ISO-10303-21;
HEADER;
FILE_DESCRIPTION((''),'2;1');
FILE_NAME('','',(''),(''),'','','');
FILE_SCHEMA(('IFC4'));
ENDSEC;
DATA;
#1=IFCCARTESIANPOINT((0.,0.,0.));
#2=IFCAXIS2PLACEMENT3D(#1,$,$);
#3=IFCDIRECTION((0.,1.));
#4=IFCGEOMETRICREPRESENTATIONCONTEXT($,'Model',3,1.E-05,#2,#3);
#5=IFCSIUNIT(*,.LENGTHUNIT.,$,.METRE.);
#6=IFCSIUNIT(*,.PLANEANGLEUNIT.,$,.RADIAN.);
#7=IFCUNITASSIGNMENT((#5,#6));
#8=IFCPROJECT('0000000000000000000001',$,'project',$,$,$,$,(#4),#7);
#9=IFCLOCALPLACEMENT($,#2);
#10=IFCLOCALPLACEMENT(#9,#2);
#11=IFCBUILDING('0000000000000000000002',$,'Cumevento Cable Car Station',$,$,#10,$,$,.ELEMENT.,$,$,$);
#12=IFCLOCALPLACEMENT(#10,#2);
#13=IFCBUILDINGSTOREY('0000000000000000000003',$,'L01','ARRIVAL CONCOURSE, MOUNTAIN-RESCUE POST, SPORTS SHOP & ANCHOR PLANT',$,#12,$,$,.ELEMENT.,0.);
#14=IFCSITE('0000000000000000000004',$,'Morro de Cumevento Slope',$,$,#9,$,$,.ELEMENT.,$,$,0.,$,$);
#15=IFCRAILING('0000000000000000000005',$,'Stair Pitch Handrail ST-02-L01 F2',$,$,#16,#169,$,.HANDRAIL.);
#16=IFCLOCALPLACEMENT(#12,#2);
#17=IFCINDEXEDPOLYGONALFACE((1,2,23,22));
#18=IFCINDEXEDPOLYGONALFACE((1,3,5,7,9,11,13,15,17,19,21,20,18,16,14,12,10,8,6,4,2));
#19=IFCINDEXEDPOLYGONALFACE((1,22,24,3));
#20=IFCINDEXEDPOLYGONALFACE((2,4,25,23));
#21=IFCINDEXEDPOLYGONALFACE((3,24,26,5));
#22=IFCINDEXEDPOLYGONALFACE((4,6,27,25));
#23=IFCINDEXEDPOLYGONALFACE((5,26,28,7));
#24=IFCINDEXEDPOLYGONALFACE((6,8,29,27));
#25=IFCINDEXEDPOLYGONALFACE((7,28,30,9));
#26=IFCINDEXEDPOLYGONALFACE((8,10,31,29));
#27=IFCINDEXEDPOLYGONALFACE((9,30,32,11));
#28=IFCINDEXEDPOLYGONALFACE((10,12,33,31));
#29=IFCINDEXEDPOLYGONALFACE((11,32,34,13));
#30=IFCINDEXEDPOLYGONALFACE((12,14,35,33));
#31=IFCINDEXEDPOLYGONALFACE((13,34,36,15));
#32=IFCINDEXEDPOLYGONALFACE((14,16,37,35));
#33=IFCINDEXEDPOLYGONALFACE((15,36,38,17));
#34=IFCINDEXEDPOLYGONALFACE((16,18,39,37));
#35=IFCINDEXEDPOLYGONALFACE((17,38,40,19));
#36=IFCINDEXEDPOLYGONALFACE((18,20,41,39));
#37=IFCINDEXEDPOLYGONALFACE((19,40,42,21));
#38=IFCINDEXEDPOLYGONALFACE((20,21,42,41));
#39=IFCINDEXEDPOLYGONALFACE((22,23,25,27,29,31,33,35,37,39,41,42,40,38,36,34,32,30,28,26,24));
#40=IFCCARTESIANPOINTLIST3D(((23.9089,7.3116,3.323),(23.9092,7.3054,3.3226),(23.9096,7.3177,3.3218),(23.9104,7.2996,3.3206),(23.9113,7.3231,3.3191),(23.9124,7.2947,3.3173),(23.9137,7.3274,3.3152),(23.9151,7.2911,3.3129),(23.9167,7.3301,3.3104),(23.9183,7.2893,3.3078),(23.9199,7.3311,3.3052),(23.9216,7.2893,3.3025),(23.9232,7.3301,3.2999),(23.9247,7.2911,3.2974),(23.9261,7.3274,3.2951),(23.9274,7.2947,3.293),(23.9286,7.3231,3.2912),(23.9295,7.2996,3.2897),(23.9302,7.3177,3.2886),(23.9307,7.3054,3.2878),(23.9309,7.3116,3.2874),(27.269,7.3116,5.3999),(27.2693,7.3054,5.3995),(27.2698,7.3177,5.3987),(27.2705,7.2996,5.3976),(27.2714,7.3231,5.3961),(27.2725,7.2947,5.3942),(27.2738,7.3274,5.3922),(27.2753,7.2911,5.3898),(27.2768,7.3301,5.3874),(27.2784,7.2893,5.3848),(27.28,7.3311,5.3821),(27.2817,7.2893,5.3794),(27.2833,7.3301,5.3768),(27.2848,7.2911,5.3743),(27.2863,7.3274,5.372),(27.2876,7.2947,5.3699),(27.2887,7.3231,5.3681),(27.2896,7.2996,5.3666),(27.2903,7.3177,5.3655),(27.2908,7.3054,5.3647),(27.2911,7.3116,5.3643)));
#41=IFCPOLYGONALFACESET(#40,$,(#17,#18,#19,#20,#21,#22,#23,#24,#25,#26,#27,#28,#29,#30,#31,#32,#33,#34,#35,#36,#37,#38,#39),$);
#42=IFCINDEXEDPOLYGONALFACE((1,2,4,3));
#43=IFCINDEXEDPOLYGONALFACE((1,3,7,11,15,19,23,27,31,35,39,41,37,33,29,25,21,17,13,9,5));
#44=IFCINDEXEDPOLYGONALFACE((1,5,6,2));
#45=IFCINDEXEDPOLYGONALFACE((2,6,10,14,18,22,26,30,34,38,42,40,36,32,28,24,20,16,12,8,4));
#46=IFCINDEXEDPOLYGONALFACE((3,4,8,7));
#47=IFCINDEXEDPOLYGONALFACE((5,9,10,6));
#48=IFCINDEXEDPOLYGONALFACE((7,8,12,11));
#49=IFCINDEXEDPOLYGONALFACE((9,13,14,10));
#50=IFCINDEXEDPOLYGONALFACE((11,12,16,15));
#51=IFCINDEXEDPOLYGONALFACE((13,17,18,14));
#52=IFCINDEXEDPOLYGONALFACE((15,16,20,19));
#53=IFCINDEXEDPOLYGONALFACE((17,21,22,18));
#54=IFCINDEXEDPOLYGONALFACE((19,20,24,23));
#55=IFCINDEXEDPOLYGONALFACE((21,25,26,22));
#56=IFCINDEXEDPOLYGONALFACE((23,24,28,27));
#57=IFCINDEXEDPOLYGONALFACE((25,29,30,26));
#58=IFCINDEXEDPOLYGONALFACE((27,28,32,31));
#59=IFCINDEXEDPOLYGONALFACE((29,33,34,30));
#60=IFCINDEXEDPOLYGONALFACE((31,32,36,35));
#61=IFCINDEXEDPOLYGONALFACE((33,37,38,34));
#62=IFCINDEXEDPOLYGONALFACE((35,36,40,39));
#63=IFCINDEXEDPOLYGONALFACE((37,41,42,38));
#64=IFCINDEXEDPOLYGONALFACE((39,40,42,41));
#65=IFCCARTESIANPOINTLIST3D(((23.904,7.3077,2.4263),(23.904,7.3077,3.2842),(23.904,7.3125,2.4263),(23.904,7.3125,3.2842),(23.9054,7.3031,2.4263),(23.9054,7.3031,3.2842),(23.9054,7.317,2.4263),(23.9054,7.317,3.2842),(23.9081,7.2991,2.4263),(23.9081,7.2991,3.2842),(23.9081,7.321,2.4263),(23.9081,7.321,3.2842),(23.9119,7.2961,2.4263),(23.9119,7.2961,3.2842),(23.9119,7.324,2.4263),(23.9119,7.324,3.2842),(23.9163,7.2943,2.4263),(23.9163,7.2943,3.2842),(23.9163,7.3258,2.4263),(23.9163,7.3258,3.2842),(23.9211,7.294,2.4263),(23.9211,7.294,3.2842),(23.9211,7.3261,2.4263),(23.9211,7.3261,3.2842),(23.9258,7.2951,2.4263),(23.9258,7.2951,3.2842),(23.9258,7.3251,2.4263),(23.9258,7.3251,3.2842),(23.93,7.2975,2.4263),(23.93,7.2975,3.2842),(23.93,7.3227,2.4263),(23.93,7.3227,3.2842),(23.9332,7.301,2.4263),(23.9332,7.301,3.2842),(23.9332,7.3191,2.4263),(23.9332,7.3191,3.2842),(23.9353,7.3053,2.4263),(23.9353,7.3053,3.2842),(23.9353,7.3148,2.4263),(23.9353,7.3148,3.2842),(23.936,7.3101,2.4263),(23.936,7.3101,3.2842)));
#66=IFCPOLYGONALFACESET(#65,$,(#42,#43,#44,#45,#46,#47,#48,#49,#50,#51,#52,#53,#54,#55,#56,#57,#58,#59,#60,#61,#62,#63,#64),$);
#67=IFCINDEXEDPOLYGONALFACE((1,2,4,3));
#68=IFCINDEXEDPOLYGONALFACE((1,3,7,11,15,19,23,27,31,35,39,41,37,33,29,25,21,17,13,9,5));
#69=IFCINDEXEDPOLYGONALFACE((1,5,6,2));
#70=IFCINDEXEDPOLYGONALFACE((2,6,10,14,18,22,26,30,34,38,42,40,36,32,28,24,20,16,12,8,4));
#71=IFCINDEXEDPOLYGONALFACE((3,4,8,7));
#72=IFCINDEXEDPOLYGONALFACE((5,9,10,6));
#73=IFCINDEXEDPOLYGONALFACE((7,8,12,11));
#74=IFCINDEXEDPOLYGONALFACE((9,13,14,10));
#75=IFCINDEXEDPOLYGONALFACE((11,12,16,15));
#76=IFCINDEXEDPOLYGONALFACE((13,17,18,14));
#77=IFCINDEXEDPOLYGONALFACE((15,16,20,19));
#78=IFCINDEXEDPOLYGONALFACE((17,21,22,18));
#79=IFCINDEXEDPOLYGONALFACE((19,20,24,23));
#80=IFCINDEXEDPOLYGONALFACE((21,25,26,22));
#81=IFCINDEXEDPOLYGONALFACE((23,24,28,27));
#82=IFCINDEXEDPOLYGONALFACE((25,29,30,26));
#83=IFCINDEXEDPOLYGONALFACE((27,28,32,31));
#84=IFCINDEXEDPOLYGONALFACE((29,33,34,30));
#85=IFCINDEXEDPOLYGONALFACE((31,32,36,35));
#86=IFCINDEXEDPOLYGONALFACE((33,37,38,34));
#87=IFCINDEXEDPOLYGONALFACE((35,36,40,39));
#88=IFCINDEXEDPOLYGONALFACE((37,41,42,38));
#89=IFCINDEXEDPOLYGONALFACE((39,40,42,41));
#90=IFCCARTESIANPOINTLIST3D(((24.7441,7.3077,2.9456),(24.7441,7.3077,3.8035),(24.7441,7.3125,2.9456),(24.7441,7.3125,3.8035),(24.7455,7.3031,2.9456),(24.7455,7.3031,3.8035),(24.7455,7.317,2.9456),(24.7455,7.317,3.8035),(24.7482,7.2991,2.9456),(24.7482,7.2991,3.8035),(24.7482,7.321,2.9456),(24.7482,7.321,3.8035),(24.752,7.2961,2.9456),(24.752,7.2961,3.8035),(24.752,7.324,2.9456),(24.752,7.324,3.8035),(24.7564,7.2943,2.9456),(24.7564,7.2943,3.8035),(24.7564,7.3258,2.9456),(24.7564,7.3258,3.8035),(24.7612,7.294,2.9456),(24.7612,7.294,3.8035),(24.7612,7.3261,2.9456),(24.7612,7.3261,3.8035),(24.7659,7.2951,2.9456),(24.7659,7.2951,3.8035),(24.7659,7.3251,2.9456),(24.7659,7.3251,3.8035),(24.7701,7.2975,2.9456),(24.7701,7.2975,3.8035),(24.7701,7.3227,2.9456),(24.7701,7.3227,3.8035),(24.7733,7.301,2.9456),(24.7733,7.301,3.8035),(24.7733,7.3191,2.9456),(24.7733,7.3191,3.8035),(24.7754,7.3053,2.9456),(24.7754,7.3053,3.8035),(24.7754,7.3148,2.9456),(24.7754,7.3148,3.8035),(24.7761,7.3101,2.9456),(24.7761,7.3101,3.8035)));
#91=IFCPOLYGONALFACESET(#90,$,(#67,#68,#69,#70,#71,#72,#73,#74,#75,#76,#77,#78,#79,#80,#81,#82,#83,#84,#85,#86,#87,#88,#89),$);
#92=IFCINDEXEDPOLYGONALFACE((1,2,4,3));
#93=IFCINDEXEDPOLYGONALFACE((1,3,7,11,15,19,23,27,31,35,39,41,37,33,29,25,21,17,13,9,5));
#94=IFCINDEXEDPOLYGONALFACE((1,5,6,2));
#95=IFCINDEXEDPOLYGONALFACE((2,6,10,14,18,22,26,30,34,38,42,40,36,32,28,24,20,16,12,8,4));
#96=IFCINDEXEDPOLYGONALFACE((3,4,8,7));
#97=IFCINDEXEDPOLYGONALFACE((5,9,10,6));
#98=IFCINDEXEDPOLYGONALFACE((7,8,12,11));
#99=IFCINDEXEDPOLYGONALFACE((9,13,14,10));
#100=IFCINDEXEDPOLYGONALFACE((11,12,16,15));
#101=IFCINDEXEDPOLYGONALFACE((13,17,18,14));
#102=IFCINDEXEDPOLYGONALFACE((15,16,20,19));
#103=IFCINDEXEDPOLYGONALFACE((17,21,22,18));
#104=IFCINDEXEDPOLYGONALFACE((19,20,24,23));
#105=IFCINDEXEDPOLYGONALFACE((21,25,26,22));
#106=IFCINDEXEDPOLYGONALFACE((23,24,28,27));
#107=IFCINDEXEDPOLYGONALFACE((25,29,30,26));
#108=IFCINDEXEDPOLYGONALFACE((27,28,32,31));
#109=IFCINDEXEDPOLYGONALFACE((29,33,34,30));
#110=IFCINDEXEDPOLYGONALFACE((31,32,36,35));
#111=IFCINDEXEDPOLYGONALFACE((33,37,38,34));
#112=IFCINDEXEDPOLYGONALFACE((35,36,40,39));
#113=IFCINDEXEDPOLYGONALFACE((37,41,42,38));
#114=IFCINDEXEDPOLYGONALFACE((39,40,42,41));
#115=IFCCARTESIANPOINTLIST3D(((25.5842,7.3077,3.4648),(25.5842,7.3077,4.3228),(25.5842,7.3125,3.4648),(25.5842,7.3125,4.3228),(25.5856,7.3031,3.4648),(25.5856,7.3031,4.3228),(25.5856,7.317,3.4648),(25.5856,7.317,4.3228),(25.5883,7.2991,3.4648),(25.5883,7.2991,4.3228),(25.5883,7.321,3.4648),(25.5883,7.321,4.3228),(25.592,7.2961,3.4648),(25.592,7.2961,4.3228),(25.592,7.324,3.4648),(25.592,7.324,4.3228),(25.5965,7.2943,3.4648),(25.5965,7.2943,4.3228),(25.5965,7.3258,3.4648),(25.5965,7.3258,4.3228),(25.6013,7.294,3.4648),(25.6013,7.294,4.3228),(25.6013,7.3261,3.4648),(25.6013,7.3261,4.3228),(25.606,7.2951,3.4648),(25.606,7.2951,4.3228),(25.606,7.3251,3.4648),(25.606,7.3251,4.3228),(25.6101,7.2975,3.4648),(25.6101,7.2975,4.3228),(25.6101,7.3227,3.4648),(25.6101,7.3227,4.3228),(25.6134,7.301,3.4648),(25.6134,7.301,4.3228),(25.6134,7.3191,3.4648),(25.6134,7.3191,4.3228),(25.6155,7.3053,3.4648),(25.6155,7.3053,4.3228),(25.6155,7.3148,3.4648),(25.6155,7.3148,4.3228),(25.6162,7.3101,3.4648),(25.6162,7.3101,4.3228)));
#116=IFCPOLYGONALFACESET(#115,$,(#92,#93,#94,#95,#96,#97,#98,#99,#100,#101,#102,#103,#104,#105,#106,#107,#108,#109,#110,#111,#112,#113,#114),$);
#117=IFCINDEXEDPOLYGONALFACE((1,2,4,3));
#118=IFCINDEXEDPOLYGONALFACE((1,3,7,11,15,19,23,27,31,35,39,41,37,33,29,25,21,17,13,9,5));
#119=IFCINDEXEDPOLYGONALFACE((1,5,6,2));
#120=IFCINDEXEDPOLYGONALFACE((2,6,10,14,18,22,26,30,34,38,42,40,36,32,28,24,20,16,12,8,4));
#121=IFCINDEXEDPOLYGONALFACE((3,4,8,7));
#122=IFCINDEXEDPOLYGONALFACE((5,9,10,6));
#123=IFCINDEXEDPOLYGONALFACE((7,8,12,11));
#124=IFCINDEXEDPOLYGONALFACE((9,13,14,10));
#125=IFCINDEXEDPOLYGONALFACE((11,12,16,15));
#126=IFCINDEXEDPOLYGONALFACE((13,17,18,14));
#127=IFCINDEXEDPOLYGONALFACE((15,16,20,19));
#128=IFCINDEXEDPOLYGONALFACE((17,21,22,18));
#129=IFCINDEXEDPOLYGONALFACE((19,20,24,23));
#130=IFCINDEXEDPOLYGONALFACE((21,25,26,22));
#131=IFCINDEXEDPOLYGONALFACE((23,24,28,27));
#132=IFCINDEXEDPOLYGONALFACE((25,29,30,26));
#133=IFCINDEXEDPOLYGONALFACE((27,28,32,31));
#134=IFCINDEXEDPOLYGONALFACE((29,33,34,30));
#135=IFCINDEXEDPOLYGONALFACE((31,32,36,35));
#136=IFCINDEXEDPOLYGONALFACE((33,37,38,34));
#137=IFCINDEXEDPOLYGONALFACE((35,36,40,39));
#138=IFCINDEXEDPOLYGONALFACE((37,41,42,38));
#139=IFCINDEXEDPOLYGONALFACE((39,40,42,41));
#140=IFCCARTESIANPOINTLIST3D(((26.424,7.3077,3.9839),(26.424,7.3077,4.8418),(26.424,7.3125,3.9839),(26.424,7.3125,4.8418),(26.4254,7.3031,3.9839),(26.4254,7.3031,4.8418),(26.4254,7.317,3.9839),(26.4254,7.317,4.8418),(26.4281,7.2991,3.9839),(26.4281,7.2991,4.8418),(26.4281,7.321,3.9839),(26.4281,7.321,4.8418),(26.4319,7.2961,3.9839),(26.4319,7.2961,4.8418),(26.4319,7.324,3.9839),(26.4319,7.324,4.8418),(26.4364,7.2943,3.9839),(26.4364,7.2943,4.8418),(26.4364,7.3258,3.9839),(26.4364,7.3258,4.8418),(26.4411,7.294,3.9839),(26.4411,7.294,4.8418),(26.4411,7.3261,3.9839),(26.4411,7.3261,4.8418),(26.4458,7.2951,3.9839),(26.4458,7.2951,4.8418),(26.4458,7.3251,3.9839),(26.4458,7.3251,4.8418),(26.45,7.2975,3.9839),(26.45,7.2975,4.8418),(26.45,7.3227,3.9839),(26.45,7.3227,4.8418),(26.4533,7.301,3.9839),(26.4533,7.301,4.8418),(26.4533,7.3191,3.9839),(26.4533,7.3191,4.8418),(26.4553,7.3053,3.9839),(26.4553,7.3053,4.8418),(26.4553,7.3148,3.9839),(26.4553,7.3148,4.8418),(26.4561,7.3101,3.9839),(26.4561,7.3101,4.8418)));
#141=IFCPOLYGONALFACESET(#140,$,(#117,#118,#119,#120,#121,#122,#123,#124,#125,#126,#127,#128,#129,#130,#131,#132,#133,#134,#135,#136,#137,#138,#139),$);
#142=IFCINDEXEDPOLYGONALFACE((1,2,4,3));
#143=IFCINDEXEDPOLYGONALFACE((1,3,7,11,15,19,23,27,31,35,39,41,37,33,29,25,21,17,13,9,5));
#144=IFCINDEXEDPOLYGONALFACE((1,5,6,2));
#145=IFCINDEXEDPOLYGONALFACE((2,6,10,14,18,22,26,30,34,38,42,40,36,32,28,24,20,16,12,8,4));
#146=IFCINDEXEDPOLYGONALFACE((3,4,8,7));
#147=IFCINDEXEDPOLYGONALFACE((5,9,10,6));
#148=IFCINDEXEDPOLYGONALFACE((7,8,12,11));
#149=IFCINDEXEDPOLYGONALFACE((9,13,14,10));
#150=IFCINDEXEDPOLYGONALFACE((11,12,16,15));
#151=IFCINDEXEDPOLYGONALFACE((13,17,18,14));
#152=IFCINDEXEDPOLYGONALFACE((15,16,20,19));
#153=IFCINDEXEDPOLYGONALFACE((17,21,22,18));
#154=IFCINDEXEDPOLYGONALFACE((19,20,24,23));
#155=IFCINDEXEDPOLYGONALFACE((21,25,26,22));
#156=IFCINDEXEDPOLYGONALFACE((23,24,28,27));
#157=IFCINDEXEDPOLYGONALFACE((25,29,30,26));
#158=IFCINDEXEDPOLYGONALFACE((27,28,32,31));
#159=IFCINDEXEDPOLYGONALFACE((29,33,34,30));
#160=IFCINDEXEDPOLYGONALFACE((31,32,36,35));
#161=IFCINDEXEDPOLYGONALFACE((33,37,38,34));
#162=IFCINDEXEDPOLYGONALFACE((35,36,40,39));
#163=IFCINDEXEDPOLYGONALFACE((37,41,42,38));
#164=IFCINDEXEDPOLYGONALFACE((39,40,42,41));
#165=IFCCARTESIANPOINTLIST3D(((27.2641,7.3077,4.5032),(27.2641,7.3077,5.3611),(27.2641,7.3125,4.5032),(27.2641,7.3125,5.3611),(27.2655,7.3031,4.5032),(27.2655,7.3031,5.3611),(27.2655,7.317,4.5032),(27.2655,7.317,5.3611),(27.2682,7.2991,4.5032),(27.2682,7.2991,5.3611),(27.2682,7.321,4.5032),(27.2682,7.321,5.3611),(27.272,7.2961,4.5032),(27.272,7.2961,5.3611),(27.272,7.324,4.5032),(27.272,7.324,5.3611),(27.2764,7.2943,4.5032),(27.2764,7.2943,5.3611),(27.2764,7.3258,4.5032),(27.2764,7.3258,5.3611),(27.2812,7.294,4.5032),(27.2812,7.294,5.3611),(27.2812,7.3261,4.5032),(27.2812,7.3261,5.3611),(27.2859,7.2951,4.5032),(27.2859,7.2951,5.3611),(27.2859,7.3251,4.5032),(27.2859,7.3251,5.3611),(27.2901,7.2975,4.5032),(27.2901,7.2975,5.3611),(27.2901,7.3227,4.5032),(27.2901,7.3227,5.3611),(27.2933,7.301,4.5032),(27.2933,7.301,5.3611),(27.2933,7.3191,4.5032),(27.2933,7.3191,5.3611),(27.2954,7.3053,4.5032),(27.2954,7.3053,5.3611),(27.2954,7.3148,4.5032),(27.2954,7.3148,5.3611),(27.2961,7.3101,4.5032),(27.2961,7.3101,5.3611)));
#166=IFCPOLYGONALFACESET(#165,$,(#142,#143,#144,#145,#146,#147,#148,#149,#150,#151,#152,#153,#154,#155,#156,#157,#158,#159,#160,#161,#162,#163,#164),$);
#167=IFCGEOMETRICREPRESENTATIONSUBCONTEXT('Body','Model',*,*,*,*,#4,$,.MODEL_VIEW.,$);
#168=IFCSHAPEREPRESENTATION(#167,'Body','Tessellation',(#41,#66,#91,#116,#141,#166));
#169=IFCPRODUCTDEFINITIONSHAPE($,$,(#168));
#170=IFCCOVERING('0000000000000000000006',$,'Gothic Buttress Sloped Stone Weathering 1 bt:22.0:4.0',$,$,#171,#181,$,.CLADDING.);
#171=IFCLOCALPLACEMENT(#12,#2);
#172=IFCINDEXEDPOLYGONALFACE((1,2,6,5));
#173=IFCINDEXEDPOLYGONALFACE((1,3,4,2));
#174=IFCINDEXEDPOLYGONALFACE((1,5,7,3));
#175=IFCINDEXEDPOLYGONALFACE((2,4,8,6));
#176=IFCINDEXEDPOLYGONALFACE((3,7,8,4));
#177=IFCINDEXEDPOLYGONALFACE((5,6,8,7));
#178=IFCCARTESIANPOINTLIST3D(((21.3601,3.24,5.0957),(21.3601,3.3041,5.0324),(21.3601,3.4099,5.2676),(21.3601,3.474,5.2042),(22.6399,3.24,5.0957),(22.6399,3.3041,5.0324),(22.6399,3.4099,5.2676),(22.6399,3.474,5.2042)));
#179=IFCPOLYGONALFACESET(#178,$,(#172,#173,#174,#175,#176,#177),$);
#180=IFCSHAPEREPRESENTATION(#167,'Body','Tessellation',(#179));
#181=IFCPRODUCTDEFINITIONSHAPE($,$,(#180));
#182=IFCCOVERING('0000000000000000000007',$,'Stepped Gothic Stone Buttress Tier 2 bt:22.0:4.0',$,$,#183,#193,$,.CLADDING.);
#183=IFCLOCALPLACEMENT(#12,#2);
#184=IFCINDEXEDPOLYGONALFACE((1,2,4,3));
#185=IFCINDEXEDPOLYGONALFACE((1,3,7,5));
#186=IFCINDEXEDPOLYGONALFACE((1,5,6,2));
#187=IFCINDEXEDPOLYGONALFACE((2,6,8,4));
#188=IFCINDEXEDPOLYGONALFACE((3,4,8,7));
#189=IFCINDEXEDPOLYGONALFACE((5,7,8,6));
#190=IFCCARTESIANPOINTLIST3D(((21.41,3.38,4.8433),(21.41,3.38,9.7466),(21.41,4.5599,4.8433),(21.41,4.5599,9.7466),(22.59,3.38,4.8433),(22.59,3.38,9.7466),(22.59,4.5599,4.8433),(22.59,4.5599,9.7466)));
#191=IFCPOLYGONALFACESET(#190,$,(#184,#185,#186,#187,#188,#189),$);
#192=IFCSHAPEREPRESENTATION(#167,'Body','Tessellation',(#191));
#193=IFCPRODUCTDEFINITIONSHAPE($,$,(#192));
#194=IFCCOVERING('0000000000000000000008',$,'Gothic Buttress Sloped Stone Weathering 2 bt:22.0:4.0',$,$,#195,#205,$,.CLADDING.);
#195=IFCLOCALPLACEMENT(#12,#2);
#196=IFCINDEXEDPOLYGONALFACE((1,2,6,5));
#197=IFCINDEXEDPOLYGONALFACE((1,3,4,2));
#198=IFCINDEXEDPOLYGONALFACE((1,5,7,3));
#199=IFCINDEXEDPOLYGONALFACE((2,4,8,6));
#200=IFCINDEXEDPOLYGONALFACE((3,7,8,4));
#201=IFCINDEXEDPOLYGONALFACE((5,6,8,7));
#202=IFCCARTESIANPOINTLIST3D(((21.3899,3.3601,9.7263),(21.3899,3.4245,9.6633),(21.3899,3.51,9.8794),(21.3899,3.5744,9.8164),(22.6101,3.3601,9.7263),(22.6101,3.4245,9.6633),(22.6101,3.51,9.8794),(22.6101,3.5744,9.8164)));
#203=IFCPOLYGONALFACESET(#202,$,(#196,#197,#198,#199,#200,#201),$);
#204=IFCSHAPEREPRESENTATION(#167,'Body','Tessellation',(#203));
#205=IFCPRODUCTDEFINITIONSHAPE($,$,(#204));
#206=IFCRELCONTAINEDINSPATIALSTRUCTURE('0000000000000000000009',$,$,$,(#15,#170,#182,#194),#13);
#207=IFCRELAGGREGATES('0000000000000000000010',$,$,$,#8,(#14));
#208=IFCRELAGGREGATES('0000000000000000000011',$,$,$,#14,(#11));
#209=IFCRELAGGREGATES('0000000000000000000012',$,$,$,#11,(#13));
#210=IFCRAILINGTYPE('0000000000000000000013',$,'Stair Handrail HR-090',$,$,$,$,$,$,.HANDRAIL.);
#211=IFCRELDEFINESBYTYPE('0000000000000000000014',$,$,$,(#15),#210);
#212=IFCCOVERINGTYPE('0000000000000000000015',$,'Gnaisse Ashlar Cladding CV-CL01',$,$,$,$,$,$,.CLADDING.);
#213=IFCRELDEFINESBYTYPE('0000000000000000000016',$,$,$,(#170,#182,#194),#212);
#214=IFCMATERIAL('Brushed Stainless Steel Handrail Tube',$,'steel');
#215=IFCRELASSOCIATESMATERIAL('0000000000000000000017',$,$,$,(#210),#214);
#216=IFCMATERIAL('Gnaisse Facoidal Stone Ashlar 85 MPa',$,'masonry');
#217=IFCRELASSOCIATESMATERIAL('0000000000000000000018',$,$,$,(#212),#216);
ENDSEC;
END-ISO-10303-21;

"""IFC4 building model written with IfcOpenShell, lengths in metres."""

from ifc_helpers import new_model, si_unit, direction, frame, origin, origin_2d, place, context, subcontext, project, spatial, polyline, rectangle, circle, outline, extrude, material, type_object, element, save


model = new_model("IFC4")

# Units and contexts
model_context = context("Model", 3, precision=1e-05, world=origin(), true_north=direction((0.0, 1.0)))
body_context = subcontext(model_context, "Body", "Model", "MODEL_VIEW")
ifc_project = project(units=[si_unit("LENGTHUNIT", "METRE"), si_unit("PLANEANGLEUNIT", "RADIAN")], contexts=[model_context])

# Site, building, storey
site_placement = place(None, origin())
site = spatial("IfcSite", under=ifc_project, at=site_placement, Name="Morro de Cumevento Slope", CompositionType="ELEMENT", RefElevation=0.0)
building_placement = place(site_placement, origin())
building = spatial("IfcBuilding", under=site, at=building_placement, Name="Cumevento Cable Car Station", CompositionType="ELEMENT")
storey_placement = place(building_placement, origin())
storey = spatial("IfcBuildingStorey", under=building, at=storey_placement, Name="L01", Description="ARRIVAL CONCOURSE, MOUNTAIN-RESCUE POST, SPORTS SHOP & ANCHOR PLANT", CompositionType="ELEMENT", Elevation=0.0)

# Railing
ifc_material_1 = material(Name="Brushed Stainless Steel Handrail Tube", Category="steel")
railing_type_1 = type_object("IfcRailingType", Name="Stair Handrail HR-090", PredefinedType="HANDRAIL", material=ifc_material_1)
railing_1_placement = place(storey_placement, frame((23.9199, 7.3101, 2.4263)))
element("IfcRailing", 1, at=railing_1_placement, inside=storey, type_object=railing_type_1, Name="Stair Pitch Handrail ST-02-L01 F2", PredefinedType="HANDRAIL", context=body_context, shape_type="SweptSolid", body=[
    extrude(circle(Radius=0.021, at=origin_2d()), frame((0.0, 0.0, 0.8789), z_axis=(0.850623, 0.0, 0.525776), x_axis=(0.0, 1.0, 0.0)), (0.0, 0.0, 1.0), 3.9502),
    extrude(circle(Radius=0.0161, at=origin_2d()), origin(), (0.0, 0.0, 1.0), 0.8579),
    extrude(circle(Radius=0.0161, at=origin_2d()), frame((0.8401, 0.0, 0.5193)), (0.0, 0.0, 1.0), 0.8579),
    extrude(circle(Radius=0.0161, at=origin_2d()), frame((1.6802, 0.0, 1.0386)), (0.0, 0.0, 1.0), 0.8579),
    extrude(circle(Radius=0.0161, at=origin_2d()), frame((2.52, 0.0, 1.5576)), (0.0, 0.0, 1.0), 0.8579),
    extrude(circle(Radius=0.0161, at=origin_2d()), frame((3.3601, 0.0, 2.0769)), (0.0, 0.0, 1.0), 0.8579),
])

# Coverings
ifc_material_2 = material(Name="Gnaisse Facoidal Stone Ashlar 85 MPa", Category="masonry")
covering_type = type_object("IfcCoveringType", Name="Gnaisse Ashlar Cladding CV-CL01", PredefinedType="CLADDING", material=ifc_material_2)
covering_1_placement = place(storey_placement, frame((21.3601, 3.24, 5.0957), z_axis=(0.0, -0.711136, 0.703055), x_axis=(1.0, 0.0, 0.0)))
element("IfcCovering", 2, at=covering_1_placement, inside=storey, type_object=covering_type, Name="Gothic Buttress Sloped Stone Weathering 1 bt:22.0:4.0", PredefinedType="CLADDING", context=body_context, shape_type="SweptSolid", body=[
    extrude(outline(polyline([(0.0, 0.0), (1.2798, 0.0), (1.2798, 0.2417), (0.0, 0.2417), (0.0, 0.0)])), origin(), (0.0, 0.0, -1.0), 0.0901),
])
covering_2_placement = place(storey_placement, frame((22.0, 3.97, 4.8433), z_axis=(0.0, 0.0, 1.0), x_axis=(1.0, 0.0, 0.0)))
element("IfcCovering", 3, at=covering_2_placement, inside=storey, type_object=covering_type, Name="Stepped Gothic Stone Buttress Tier 2 bt:22.0:4.0", PredefinedType="CLADDING", context=body_context, shape_type="SweptSolid", body=[
    extrude(rectangle(XDim=1.1799, YDim=1.1799, at=origin_2d()), origin(), (0.0, 0.0, 1.0), 4.9033),
])
covering_3_placement = place(storey_placement, frame((21.3899, 3.3601, 9.7263), z_axis=(0.0, -0.714475, 0.699661), x_axis=(1.0, 0.0, 0.0)))
element("IfcCovering", 4, at=covering_3_placement, inside=storey, type_object=covering_type, Name="Gothic Buttress Sloped Stone Weathering 2 bt:22.0:4.0", PredefinedType="CLADDING", context=body_context, shape_type="SweptSolid", body=[
    extrude(outline(polyline([(0.0, 0.0), (1.2202, 0.0), (1.2202, 0.2142), (0.0, 0.2142), (0.0, 0.0)])), origin(), (0.0, 0.0, -1.0), 0.0901),
])

save(model, "model.ifc")
